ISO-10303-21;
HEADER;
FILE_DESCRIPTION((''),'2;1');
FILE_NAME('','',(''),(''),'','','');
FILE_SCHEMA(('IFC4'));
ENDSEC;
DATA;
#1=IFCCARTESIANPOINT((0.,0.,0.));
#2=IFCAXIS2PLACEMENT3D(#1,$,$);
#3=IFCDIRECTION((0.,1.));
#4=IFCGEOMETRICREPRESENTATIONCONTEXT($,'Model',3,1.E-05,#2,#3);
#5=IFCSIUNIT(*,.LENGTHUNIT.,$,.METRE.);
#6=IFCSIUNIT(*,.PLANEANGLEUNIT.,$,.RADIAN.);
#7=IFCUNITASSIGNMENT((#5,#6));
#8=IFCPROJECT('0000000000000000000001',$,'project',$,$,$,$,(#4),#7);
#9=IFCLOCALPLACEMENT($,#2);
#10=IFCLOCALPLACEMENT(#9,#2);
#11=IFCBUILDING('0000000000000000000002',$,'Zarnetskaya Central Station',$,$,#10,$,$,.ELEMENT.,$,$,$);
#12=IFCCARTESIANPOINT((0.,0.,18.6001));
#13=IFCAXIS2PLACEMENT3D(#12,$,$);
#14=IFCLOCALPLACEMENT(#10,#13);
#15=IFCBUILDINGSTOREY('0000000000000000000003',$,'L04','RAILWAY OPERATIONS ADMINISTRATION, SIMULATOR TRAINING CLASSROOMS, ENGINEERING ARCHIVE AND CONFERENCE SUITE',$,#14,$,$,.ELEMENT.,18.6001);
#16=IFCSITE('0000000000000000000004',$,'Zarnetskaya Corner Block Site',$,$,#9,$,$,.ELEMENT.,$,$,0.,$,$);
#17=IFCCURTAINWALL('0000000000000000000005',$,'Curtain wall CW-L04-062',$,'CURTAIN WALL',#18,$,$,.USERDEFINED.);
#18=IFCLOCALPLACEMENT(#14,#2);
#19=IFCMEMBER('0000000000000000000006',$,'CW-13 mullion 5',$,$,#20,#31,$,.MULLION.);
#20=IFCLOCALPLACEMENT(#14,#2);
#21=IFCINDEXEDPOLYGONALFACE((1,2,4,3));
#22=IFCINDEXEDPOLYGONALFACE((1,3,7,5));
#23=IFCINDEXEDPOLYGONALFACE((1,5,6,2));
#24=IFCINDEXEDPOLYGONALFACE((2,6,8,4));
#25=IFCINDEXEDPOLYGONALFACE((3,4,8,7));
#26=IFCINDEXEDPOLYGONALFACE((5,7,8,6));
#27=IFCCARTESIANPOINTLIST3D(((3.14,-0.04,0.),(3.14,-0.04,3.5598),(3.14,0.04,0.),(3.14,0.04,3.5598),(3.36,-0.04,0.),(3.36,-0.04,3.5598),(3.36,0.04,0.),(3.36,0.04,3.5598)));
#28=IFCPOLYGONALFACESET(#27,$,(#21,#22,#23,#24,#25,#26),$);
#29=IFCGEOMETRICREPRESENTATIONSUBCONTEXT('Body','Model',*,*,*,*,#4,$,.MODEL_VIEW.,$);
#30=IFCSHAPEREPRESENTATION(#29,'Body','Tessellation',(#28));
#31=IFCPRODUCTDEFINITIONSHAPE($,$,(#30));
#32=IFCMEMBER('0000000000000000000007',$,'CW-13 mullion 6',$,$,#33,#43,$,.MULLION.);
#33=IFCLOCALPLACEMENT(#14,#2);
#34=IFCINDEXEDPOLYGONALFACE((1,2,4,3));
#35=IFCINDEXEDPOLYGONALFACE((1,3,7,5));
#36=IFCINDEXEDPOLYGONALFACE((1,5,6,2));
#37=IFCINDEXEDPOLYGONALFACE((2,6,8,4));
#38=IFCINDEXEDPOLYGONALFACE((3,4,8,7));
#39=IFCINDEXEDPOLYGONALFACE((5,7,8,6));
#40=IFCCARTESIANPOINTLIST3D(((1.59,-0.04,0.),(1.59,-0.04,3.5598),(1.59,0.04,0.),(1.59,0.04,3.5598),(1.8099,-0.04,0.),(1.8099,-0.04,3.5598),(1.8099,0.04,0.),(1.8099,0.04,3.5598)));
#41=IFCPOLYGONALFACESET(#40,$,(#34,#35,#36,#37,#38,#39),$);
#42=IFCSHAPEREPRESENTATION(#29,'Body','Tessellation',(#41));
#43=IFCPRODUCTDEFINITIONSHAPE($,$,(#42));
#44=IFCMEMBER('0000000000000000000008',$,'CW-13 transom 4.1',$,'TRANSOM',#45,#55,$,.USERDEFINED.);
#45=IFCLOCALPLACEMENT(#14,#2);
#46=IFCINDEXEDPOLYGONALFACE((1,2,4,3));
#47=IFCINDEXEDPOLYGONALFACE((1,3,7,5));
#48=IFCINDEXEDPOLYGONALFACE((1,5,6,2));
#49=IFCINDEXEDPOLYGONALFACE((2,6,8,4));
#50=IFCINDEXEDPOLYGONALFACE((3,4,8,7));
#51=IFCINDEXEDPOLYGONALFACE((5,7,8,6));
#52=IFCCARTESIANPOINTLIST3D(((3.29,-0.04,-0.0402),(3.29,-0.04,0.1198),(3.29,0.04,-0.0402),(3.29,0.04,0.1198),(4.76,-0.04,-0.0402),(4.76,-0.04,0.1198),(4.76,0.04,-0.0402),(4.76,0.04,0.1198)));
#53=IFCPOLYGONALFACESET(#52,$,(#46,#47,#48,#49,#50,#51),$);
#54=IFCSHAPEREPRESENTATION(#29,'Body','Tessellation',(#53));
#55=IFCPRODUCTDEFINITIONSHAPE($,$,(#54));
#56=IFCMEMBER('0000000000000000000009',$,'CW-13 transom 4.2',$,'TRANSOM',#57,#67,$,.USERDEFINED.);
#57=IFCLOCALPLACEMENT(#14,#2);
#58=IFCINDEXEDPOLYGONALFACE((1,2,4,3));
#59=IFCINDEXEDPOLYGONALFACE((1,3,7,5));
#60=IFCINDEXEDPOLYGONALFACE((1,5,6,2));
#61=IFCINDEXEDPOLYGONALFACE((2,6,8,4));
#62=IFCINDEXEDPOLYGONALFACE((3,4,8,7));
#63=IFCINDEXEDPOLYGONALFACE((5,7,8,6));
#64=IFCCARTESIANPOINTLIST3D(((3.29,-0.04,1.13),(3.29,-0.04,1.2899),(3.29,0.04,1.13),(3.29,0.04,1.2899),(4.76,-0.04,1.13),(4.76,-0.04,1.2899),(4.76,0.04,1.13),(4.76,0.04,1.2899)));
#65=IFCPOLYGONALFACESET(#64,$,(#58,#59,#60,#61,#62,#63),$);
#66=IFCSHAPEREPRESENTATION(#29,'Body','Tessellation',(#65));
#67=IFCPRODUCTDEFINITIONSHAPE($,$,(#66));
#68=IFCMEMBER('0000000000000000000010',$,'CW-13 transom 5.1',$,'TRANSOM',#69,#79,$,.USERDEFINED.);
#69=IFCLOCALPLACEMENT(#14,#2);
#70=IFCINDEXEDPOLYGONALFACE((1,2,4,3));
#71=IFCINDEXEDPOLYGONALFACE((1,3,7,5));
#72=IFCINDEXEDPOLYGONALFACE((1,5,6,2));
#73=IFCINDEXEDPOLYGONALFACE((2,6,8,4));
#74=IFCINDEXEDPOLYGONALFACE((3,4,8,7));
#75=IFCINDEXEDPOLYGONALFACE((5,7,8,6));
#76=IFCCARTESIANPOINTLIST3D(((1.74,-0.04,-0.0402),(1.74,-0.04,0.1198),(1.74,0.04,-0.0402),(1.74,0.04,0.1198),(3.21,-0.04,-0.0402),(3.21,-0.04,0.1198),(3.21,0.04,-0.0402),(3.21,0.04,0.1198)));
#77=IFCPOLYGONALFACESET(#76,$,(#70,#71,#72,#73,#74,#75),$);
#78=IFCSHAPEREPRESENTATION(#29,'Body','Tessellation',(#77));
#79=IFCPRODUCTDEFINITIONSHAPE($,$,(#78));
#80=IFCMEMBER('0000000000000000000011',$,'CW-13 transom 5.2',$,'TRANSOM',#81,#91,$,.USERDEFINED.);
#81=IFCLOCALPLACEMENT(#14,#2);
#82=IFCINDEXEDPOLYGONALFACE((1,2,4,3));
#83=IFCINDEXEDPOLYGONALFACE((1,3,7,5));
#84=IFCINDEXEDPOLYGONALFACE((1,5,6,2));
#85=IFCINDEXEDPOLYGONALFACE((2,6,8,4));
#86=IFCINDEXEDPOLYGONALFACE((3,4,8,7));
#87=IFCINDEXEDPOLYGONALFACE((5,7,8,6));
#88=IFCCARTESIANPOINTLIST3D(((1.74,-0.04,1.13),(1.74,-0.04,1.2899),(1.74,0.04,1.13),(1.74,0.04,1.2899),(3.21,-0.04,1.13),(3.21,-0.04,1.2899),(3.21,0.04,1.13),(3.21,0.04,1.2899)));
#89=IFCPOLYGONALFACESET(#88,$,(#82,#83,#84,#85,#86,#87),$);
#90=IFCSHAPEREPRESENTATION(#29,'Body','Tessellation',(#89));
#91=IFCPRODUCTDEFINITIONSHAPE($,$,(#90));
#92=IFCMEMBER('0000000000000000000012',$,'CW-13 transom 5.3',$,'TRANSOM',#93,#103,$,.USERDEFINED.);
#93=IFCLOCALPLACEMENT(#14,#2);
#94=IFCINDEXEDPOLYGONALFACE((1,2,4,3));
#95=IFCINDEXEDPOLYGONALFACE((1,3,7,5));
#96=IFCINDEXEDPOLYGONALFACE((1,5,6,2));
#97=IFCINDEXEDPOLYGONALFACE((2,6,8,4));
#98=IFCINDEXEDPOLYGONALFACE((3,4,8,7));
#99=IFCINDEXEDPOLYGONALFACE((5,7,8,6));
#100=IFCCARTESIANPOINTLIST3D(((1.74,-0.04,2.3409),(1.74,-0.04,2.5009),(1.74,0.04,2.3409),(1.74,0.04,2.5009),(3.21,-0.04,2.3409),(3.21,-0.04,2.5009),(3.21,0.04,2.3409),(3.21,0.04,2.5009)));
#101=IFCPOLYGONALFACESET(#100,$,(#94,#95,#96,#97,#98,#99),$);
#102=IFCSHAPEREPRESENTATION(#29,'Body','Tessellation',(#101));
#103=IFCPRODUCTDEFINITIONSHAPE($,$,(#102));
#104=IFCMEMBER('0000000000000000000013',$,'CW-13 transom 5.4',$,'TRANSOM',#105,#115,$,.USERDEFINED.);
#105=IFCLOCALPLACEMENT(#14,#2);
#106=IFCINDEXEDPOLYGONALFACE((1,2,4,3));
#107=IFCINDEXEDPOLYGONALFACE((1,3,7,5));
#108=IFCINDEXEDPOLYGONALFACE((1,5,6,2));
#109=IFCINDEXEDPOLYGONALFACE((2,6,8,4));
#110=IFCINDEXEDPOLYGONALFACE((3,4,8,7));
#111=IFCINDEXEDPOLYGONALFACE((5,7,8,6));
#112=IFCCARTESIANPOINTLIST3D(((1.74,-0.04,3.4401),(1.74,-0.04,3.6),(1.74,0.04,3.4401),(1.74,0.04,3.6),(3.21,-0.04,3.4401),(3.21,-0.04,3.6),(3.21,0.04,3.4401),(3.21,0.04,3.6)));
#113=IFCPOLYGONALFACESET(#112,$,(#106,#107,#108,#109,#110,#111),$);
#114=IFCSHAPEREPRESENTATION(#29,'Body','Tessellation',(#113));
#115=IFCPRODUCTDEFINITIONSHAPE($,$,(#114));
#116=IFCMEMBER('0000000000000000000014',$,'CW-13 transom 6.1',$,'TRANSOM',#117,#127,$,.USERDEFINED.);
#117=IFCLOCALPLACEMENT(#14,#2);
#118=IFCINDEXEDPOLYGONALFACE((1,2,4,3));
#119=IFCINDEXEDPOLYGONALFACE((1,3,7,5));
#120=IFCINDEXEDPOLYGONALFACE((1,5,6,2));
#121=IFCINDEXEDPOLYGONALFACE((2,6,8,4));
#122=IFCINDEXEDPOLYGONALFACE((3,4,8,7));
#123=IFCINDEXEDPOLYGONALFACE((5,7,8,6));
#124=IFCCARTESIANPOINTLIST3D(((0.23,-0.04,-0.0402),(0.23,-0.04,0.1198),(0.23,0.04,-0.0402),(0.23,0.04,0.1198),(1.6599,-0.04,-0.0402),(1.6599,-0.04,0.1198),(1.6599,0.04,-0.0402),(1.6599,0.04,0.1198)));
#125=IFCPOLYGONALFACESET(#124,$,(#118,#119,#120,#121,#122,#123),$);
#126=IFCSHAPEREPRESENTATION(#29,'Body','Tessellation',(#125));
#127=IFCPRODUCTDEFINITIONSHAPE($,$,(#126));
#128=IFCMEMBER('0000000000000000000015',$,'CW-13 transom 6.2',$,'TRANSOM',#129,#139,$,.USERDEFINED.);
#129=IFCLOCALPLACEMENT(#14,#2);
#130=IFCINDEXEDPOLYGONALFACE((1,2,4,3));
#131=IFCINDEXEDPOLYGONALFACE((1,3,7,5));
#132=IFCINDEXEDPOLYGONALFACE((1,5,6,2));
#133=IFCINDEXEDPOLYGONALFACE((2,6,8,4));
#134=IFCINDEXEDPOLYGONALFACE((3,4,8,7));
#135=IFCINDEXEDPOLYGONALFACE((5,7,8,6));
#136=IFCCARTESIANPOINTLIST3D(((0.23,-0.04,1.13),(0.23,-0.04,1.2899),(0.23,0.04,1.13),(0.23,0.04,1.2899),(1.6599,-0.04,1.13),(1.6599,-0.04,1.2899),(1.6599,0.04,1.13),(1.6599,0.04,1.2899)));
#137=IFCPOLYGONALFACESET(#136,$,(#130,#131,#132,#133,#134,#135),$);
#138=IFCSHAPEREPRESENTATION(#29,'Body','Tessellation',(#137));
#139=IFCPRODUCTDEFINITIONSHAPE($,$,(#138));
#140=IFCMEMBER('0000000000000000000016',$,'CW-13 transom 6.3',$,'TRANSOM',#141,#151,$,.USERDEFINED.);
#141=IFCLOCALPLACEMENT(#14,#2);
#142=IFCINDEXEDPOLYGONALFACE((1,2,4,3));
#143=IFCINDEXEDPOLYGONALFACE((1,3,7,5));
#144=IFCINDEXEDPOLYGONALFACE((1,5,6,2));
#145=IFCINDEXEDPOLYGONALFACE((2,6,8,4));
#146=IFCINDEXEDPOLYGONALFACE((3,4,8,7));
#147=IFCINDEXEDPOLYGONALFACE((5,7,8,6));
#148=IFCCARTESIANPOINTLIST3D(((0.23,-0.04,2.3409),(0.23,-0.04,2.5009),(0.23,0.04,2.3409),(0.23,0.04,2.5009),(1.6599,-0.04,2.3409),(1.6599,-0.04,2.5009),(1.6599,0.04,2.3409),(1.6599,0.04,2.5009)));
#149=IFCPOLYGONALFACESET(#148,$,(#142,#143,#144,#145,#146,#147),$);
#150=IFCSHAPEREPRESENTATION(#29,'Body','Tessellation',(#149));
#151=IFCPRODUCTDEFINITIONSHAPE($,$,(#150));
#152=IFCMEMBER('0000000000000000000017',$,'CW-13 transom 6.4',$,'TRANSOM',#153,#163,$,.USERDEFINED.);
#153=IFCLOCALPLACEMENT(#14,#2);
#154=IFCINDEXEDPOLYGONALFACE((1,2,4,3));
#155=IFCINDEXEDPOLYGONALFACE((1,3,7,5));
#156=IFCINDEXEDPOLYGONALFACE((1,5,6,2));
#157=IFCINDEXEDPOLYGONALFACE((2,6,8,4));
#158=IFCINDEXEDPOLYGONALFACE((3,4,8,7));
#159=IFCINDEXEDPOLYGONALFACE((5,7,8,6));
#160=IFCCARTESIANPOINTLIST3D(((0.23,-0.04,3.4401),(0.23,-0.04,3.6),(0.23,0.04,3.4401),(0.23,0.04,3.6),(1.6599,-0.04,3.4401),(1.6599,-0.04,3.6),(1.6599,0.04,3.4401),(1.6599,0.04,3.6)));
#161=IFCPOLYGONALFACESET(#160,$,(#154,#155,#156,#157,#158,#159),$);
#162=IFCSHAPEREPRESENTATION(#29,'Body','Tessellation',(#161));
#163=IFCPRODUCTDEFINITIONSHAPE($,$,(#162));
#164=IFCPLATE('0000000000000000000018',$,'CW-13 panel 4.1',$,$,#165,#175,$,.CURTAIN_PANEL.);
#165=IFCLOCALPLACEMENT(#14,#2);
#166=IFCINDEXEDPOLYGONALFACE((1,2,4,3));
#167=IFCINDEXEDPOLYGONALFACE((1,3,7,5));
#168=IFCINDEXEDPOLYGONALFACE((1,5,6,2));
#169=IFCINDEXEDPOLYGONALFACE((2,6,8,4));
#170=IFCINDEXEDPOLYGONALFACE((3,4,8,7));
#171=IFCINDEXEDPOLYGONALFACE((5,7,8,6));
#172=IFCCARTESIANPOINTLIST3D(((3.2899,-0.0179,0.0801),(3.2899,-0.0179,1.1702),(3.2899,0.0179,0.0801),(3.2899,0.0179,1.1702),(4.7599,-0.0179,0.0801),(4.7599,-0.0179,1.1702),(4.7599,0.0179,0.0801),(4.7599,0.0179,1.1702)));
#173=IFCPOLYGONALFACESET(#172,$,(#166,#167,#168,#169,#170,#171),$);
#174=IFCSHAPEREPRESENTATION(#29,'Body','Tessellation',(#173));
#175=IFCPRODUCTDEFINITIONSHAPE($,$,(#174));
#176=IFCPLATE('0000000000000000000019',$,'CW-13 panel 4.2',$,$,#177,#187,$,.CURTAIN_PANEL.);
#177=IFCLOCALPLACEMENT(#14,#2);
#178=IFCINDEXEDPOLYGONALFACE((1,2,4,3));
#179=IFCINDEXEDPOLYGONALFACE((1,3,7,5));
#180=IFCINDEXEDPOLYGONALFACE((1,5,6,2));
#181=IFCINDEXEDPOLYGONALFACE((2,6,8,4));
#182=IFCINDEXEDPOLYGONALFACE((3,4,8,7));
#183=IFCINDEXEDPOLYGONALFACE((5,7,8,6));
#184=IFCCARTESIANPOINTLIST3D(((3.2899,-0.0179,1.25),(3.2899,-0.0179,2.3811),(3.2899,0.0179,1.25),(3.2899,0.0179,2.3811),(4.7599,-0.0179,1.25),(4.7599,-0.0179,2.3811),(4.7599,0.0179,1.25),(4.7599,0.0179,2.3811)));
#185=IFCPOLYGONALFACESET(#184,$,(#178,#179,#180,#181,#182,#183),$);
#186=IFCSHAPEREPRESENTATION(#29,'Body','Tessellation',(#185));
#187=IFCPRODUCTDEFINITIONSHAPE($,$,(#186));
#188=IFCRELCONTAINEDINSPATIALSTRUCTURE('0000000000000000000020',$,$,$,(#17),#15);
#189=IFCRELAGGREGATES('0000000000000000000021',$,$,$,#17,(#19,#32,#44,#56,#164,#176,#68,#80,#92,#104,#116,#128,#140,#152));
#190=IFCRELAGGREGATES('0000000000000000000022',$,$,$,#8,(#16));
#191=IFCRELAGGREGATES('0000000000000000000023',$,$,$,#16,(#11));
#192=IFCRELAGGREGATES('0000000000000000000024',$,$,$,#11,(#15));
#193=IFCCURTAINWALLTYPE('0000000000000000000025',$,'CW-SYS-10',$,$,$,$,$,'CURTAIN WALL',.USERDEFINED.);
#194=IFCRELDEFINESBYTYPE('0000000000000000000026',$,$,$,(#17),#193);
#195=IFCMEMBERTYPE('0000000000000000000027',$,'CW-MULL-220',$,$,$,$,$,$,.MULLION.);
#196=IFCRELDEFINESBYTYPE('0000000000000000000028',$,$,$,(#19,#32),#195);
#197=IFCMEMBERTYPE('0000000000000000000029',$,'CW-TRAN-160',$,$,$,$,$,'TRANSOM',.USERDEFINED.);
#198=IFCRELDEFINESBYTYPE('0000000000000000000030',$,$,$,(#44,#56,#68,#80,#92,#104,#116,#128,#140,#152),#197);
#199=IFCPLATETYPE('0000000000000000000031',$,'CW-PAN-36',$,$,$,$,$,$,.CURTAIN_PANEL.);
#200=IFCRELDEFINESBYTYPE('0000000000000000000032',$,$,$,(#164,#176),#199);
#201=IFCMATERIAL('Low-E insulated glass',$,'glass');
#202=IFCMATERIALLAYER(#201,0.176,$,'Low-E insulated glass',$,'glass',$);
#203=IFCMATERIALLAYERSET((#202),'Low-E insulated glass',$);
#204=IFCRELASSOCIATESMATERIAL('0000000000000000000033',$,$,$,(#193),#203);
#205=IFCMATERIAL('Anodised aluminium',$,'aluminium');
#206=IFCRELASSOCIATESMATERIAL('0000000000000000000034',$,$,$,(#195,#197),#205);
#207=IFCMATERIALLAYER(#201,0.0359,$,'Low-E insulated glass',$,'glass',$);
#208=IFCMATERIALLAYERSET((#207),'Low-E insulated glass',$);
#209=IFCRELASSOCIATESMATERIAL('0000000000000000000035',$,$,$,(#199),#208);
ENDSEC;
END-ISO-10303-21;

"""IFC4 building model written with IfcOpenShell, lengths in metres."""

from ifc_helpers import new_model, si_unit, direction, frame, origin, origin_2d, place, context, subcontext, project, spatial, rectangle, extrude, material, layer, layer_set, material_profile, profile_set, type_object, element, aggregate, save


model = new_model("IFC4")

# Units and contexts
model_context = context("Model", 3, precision=1e-05, world=origin(), true_north=direction((0.0, 1.0)))
body_context = subcontext(model_context, "Body", "Model", "MODEL_VIEW")
ifc_project = project(units=[si_unit("LENGTHUNIT", "METRE"), si_unit("PLANEANGLEUNIT", "RADIAN")], contexts=[model_context])

# Site, building, storey
site_placement = place(None, origin())
site = spatial("IfcSite", under=ifc_project, at=site_placement, Name="Zarnetskaya Corner Block Site", CompositionType="ELEMENT", RefElevation=0.0)
building_placement = place(site_placement, origin())
building = spatial("IfcBuilding", under=site, at=building_placement, Name="Zarnetskaya Central Station", CompositionType="ELEMENT")
storey_placement = place(building_placement, frame((0.0, 0.0, 18.6001)))
storey = spatial("IfcBuildingStorey", under=building, at=storey_placement, Name="L04", Description="RAILWAY OPERATIONS ADMINISTRATION, SIMULATOR TRAINING CLASSROOMS, ENGINEERING ARCHIVE AND CONFERENCE SUITE", CompositionType="ELEMENT", Elevation=18.6001)

# Curtain wall, members, plates
ifc_material_1 = material(Name="Low-E insulated glass", Category="glass")
ifc_layer_1 = layer(ifc_material_1, 0.176, Name="Low-E insulated glass", Category="glass")
ifc_layer_set_1 = layer_set([ifc_layer_1], Name="Low-E insulated glass")
curtain_wall_type = type_object("IfcCurtainWallType", Name="CW-SYS-10", ElementType="CURTAIN WALL", PredefinedType="USERDEFINED", material=ifc_layer_set_1)
curtain_wall_placement = place(storey_placement, origin())
curtain_wall = element("IfcCurtainWall", 1, at=curtain_wall_placement, inside=storey, type_object=curtain_wall_type, Name="Curtain wall CW-L04-062", ObjectType="CURTAIN WALL", PredefinedType="USERDEFINED")
ifc_material_2 = material(Name="Anodised aluminium", Category="aluminium")
ifc_material_profile_1 = material_profile(ifc_material_2, rectangle(XDim=0.0801, YDim=0.22, at=origin_2d()), Name="ALU MULL 80x220")
ifc_profile_set_1 = profile_set([ifc_material_profile_1], Name="Anodised aluminium")
member_type_1 = type_object("IfcMemberType", Name="CW-MULL-220", PredefinedType="MULLION", material=ifc_profile_set_1)
member_1_placement = place(storey_placement, frame((3.25, 0.0, 0.0), z_axis=(0.0, 0.0, 1.0), x_axis=(0.0, -1.0, 0.0)))
member_1 = element("IfcMember", 2, at=member_1_placement, type_object=member_type_1, Name="CW-13 mullion 5", PredefinedType="MULLION", context=body_context, shape_type="SweptSolid", body=[
    extrude(rectangle(XDim=0.0801, YDim=0.22, at=origin_2d()), origin(), (0.0, 0.0, 1.0), 3.5598),
])
member_2_placement = place(storey_placement, frame((1.7, 0.0, 0.0), z_axis=(0.0, 0.0, 1.0), x_axis=(0.0, -1.0, 0.0)))
member_2 = element("IfcMember", 3, at=member_2_placement, type_object=member_type_1, Name="CW-13 mullion 6", PredefinedType="MULLION", context=body_context, shape_type="SweptSolid", body=[
    extrude(rectangle(XDim=0.0801, YDim=0.22, at=origin_2d()), origin(), (0.0, 0.0, 1.0), 3.5598),
])
ifc_material_profile_2 = material_profile(ifc_material_2, rectangle(XDim=0.0801, YDim=0.1599, at=origin_2d()), Name="ALU TRAN 80x160")
ifc_profile_set_2 = profile_set([ifc_material_profile_2], Name="Anodised aluminium")
member_type_2 = type_object("IfcMemberType", Name="CW-TRAN-160", ElementType="TRANSOM", PredefinedType="USERDEFINED", material=ifc_profile_set_2)
member_3_placement = place(storey_placement, frame((4.76, 0.0, 0.0398), z_axis=(-1.0, 0.0, 0.0), x_axis=(0.0, -1.0, 0.0)))
member_3 = element("IfcMember", 4, at=member_3_placement, type_object=member_type_2, Name="CW-13 transom 4.1", ObjectType="TRANSOM", PredefinedType="USERDEFINED", context=body_context, shape_type="SweptSolid", body=[
    extrude(rectangle(XDim=0.0801, YDim=0.1599, at=origin_2d()), origin(), (0.0, 0.0, 1.0), 1.47),
])
member_4_placement = place(storey_placement, frame((4.76, 0.0, 1.21), z_axis=(-1.0, 0.0, 0.0), x_axis=(0.0, -1.0, 0.0)))
member_4 = element("IfcMember", 5, at=member_4_placement, type_object=member_type_2, Name="CW-13 transom 4.2", ObjectType="TRANSOM", PredefinedType="USERDEFINED", context=body_context, shape_type="SweptSolid", body=[
    extrude(rectangle(XDim=0.0801, YDim=0.1599, at=origin_2d()), origin(), (0.0, 0.0, 1.0), 1.47),
])
member_5_placement = place(storey_placement, frame((3.21, 0.0, 0.0398), z_axis=(-1.0, 0.0, 0.0), x_axis=(0.0, -1.0, 0.0)))
member_5 = element("IfcMember", 6, at=member_5_placement, type_object=member_type_2, Name="CW-13 transom 5.1", ObjectType="TRANSOM", PredefinedType="USERDEFINED", context=body_context, shape_type="SweptSolid", body=[
    extrude(rectangle(XDim=0.0801, YDim=0.1599, at=origin_2d()), origin(), (0.0, 0.0, 1.0), 1.47),
])
member_6_placement = place(storey_placement, frame((3.21, 0.0, 1.21), z_axis=(-1.0, 0.0, 0.0), x_axis=(0.0, -1.0, 0.0)))
member_6 = element("IfcMember", 7, at=member_6_placement, type_object=member_type_2, Name="CW-13 transom 5.2", ObjectType="TRANSOM", PredefinedType="USERDEFINED", context=body_context, shape_type="SweptSolid", body=[
    extrude(rectangle(XDim=0.0801, YDim=0.1599, at=origin_2d()), origin(), (0.0, 0.0, 1.0), 1.47),
])
member_7_placement = place(storey_placement, frame((3.21, 0.0, 2.4209), z_axis=(-1.0, 0.0, 0.0), x_axis=(0.0, -1.0, 0.0)))
member_7 = element("IfcMember", 8, at=member_7_placement, type_object=member_type_2, Name="CW-13 transom 5.3", ObjectType="TRANSOM", PredefinedType="USERDEFINED", context=body_context, shape_type="SweptSolid", body=[
    extrude(rectangle(XDim=0.0801, YDim=0.1599, at=origin_2d()), origin(), (0.0, 0.0, 1.0), 1.47),
])
member_8_placement = place(storey_placement, frame((3.21, 0.0, 3.52), z_axis=(-1.0, 0.0, 0.0), x_axis=(0.0, -1.0, 0.0)))
member_8 = element("IfcMember", 9, at=member_8_placement, type_object=member_type_2, Name="CW-13 transom 5.4", ObjectType="TRANSOM", PredefinedType="USERDEFINED", context=body_context, shape_type="SweptSolid", body=[
    extrude(rectangle(XDim=0.0801, YDim=0.1599, at=origin_2d()), origin(), (0.0, 0.0, 1.0), 1.47),
])
member_9_placement = place(storey_placement, frame((1.6599, 0.0, 0.0398), z_axis=(-1.0, 0.0, 0.0), x_axis=(0.0, -1.0, 0.0)))
member_9 = element("IfcMember", 10, at=member_9_placement, type_object=member_type_2, Name="CW-13 transom 6.1", ObjectType="TRANSOM", PredefinedType="USERDEFINED", context=body_context, shape_type="SweptSolid", body=[
    extrude(rectangle(XDim=0.0801, YDim=0.1599, at=origin_2d()), origin(), (0.0, 0.0, 1.0), 1.4299),
])
member_10_placement = place(storey_placement, frame((1.6599, 0.0, 1.21), z_axis=(-1.0, 0.0, 0.0), x_axis=(0.0, -1.0, 0.0)))
member_10 = element("IfcMember", 11, at=member_10_placement, type_object=member_type_2, Name="CW-13 transom 6.2", ObjectType="TRANSOM", PredefinedType="USERDEFINED", context=body_context, shape_type="SweptSolid", body=[
    extrude(rectangle(XDim=0.0801, YDim=0.1599, at=origin_2d()), origin(), (0.0, 0.0, 1.0), 1.4299),
])
member_11_placement = place(storey_placement, frame((1.6599, 0.0, 2.4209), z_axis=(-1.0, 0.0, 0.0), x_axis=(0.0, -1.0, 0.0)))
member_11 = element("IfcMember", 12, at=member_11_placement, type_object=member_type_2, Name="CW-13 transom 6.3", ObjectType="TRANSOM", PredefinedType="USERDEFINED", context=body_context, shape_type="SweptSolid", body=[
    extrude(rectangle(XDim=0.0801, YDim=0.1599, at=origin_2d()), origin(), (0.0, 0.0, 1.0), 1.4299),
])
member_12_placement = place(storey_placement, frame((1.6599, 0.0, 3.52), z_axis=(-1.0, 0.0, 0.0), x_axis=(0.0, -1.0, 0.0)))
member_12 = element("IfcMember", 13, at=member_12_placement, type_object=member_type_2, Name="CW-13 transom 6.4", ObjectType="TRANSOM", PredefinedType="USERDEFINED", context=body_context, shape_type="SweptSolid", body=[
    extrude(rectangle(XDim=0.0801, YDim=0.1599, at=origin_2d()), origin(), (0.0, 0.0, 1.0), 1.4299),
])
ifc_layer_2 = layer(ifc_material_1, 0.0359, Name="Low-E insulated glass", Category="glass")
ifc_layer_set_2 = layer_set([ifc_layer_2], Name="Low-E insulated glass")
plate_type = type_object("IfcPlateType", Name="CW-PAN-36", PredefinedType="CURTAIN_PANEL", material=ifc_layer_set_2)
plate_1_placement = place(storey_placement, frame((4.0249, 0.0, 0.0801), z_axis=(0.0, 0.0, 1.0), x_axis=(-1.0, 0.0, 0.0)))
plate_1 = element("IfcPlate", 14, at=plate_1_placement, type_object=plate_type, Name="CW-13 panel 4.1", PredefinedType="CURTAIN_PANEL", context=body_context, shape_type="SweptSolid", body=[
    extrude(rectangle(XDim=1.47, YDim=0.0359, at=origin_2d()), origin(), (0.0, 0.0, 1.0), 1.0901),
])
plate_2_placement = place(storey_placement, frame((4.0249, 0.0, 1.25), z_axis=(0.0, 0.0, 1.0), x_axis=(-1.0, 0.0, 0.0)))
plate_2 = element("IfcPlate", 15, at=plate_2_placement, type_object=plate_type, Name="CW-13 panel 4.2", PredefinedType="CURTAIN_PANEL", context=body_context, shape_type="SweptSolid", body=[
    extrude(rectangle(XDim=1.47, YDim=0.0359, at=origin_2d()), origin(), (0.0, 0.0, 1.0), 1.1311),
])
aggregate(curtain_wall, [member_1, member_2, member_3, member_4, plate_1, plate_2, member_5, member_6, member_7, member_8, member_9, member_10, member_11, member_12])

save(model, "model.ifc")
